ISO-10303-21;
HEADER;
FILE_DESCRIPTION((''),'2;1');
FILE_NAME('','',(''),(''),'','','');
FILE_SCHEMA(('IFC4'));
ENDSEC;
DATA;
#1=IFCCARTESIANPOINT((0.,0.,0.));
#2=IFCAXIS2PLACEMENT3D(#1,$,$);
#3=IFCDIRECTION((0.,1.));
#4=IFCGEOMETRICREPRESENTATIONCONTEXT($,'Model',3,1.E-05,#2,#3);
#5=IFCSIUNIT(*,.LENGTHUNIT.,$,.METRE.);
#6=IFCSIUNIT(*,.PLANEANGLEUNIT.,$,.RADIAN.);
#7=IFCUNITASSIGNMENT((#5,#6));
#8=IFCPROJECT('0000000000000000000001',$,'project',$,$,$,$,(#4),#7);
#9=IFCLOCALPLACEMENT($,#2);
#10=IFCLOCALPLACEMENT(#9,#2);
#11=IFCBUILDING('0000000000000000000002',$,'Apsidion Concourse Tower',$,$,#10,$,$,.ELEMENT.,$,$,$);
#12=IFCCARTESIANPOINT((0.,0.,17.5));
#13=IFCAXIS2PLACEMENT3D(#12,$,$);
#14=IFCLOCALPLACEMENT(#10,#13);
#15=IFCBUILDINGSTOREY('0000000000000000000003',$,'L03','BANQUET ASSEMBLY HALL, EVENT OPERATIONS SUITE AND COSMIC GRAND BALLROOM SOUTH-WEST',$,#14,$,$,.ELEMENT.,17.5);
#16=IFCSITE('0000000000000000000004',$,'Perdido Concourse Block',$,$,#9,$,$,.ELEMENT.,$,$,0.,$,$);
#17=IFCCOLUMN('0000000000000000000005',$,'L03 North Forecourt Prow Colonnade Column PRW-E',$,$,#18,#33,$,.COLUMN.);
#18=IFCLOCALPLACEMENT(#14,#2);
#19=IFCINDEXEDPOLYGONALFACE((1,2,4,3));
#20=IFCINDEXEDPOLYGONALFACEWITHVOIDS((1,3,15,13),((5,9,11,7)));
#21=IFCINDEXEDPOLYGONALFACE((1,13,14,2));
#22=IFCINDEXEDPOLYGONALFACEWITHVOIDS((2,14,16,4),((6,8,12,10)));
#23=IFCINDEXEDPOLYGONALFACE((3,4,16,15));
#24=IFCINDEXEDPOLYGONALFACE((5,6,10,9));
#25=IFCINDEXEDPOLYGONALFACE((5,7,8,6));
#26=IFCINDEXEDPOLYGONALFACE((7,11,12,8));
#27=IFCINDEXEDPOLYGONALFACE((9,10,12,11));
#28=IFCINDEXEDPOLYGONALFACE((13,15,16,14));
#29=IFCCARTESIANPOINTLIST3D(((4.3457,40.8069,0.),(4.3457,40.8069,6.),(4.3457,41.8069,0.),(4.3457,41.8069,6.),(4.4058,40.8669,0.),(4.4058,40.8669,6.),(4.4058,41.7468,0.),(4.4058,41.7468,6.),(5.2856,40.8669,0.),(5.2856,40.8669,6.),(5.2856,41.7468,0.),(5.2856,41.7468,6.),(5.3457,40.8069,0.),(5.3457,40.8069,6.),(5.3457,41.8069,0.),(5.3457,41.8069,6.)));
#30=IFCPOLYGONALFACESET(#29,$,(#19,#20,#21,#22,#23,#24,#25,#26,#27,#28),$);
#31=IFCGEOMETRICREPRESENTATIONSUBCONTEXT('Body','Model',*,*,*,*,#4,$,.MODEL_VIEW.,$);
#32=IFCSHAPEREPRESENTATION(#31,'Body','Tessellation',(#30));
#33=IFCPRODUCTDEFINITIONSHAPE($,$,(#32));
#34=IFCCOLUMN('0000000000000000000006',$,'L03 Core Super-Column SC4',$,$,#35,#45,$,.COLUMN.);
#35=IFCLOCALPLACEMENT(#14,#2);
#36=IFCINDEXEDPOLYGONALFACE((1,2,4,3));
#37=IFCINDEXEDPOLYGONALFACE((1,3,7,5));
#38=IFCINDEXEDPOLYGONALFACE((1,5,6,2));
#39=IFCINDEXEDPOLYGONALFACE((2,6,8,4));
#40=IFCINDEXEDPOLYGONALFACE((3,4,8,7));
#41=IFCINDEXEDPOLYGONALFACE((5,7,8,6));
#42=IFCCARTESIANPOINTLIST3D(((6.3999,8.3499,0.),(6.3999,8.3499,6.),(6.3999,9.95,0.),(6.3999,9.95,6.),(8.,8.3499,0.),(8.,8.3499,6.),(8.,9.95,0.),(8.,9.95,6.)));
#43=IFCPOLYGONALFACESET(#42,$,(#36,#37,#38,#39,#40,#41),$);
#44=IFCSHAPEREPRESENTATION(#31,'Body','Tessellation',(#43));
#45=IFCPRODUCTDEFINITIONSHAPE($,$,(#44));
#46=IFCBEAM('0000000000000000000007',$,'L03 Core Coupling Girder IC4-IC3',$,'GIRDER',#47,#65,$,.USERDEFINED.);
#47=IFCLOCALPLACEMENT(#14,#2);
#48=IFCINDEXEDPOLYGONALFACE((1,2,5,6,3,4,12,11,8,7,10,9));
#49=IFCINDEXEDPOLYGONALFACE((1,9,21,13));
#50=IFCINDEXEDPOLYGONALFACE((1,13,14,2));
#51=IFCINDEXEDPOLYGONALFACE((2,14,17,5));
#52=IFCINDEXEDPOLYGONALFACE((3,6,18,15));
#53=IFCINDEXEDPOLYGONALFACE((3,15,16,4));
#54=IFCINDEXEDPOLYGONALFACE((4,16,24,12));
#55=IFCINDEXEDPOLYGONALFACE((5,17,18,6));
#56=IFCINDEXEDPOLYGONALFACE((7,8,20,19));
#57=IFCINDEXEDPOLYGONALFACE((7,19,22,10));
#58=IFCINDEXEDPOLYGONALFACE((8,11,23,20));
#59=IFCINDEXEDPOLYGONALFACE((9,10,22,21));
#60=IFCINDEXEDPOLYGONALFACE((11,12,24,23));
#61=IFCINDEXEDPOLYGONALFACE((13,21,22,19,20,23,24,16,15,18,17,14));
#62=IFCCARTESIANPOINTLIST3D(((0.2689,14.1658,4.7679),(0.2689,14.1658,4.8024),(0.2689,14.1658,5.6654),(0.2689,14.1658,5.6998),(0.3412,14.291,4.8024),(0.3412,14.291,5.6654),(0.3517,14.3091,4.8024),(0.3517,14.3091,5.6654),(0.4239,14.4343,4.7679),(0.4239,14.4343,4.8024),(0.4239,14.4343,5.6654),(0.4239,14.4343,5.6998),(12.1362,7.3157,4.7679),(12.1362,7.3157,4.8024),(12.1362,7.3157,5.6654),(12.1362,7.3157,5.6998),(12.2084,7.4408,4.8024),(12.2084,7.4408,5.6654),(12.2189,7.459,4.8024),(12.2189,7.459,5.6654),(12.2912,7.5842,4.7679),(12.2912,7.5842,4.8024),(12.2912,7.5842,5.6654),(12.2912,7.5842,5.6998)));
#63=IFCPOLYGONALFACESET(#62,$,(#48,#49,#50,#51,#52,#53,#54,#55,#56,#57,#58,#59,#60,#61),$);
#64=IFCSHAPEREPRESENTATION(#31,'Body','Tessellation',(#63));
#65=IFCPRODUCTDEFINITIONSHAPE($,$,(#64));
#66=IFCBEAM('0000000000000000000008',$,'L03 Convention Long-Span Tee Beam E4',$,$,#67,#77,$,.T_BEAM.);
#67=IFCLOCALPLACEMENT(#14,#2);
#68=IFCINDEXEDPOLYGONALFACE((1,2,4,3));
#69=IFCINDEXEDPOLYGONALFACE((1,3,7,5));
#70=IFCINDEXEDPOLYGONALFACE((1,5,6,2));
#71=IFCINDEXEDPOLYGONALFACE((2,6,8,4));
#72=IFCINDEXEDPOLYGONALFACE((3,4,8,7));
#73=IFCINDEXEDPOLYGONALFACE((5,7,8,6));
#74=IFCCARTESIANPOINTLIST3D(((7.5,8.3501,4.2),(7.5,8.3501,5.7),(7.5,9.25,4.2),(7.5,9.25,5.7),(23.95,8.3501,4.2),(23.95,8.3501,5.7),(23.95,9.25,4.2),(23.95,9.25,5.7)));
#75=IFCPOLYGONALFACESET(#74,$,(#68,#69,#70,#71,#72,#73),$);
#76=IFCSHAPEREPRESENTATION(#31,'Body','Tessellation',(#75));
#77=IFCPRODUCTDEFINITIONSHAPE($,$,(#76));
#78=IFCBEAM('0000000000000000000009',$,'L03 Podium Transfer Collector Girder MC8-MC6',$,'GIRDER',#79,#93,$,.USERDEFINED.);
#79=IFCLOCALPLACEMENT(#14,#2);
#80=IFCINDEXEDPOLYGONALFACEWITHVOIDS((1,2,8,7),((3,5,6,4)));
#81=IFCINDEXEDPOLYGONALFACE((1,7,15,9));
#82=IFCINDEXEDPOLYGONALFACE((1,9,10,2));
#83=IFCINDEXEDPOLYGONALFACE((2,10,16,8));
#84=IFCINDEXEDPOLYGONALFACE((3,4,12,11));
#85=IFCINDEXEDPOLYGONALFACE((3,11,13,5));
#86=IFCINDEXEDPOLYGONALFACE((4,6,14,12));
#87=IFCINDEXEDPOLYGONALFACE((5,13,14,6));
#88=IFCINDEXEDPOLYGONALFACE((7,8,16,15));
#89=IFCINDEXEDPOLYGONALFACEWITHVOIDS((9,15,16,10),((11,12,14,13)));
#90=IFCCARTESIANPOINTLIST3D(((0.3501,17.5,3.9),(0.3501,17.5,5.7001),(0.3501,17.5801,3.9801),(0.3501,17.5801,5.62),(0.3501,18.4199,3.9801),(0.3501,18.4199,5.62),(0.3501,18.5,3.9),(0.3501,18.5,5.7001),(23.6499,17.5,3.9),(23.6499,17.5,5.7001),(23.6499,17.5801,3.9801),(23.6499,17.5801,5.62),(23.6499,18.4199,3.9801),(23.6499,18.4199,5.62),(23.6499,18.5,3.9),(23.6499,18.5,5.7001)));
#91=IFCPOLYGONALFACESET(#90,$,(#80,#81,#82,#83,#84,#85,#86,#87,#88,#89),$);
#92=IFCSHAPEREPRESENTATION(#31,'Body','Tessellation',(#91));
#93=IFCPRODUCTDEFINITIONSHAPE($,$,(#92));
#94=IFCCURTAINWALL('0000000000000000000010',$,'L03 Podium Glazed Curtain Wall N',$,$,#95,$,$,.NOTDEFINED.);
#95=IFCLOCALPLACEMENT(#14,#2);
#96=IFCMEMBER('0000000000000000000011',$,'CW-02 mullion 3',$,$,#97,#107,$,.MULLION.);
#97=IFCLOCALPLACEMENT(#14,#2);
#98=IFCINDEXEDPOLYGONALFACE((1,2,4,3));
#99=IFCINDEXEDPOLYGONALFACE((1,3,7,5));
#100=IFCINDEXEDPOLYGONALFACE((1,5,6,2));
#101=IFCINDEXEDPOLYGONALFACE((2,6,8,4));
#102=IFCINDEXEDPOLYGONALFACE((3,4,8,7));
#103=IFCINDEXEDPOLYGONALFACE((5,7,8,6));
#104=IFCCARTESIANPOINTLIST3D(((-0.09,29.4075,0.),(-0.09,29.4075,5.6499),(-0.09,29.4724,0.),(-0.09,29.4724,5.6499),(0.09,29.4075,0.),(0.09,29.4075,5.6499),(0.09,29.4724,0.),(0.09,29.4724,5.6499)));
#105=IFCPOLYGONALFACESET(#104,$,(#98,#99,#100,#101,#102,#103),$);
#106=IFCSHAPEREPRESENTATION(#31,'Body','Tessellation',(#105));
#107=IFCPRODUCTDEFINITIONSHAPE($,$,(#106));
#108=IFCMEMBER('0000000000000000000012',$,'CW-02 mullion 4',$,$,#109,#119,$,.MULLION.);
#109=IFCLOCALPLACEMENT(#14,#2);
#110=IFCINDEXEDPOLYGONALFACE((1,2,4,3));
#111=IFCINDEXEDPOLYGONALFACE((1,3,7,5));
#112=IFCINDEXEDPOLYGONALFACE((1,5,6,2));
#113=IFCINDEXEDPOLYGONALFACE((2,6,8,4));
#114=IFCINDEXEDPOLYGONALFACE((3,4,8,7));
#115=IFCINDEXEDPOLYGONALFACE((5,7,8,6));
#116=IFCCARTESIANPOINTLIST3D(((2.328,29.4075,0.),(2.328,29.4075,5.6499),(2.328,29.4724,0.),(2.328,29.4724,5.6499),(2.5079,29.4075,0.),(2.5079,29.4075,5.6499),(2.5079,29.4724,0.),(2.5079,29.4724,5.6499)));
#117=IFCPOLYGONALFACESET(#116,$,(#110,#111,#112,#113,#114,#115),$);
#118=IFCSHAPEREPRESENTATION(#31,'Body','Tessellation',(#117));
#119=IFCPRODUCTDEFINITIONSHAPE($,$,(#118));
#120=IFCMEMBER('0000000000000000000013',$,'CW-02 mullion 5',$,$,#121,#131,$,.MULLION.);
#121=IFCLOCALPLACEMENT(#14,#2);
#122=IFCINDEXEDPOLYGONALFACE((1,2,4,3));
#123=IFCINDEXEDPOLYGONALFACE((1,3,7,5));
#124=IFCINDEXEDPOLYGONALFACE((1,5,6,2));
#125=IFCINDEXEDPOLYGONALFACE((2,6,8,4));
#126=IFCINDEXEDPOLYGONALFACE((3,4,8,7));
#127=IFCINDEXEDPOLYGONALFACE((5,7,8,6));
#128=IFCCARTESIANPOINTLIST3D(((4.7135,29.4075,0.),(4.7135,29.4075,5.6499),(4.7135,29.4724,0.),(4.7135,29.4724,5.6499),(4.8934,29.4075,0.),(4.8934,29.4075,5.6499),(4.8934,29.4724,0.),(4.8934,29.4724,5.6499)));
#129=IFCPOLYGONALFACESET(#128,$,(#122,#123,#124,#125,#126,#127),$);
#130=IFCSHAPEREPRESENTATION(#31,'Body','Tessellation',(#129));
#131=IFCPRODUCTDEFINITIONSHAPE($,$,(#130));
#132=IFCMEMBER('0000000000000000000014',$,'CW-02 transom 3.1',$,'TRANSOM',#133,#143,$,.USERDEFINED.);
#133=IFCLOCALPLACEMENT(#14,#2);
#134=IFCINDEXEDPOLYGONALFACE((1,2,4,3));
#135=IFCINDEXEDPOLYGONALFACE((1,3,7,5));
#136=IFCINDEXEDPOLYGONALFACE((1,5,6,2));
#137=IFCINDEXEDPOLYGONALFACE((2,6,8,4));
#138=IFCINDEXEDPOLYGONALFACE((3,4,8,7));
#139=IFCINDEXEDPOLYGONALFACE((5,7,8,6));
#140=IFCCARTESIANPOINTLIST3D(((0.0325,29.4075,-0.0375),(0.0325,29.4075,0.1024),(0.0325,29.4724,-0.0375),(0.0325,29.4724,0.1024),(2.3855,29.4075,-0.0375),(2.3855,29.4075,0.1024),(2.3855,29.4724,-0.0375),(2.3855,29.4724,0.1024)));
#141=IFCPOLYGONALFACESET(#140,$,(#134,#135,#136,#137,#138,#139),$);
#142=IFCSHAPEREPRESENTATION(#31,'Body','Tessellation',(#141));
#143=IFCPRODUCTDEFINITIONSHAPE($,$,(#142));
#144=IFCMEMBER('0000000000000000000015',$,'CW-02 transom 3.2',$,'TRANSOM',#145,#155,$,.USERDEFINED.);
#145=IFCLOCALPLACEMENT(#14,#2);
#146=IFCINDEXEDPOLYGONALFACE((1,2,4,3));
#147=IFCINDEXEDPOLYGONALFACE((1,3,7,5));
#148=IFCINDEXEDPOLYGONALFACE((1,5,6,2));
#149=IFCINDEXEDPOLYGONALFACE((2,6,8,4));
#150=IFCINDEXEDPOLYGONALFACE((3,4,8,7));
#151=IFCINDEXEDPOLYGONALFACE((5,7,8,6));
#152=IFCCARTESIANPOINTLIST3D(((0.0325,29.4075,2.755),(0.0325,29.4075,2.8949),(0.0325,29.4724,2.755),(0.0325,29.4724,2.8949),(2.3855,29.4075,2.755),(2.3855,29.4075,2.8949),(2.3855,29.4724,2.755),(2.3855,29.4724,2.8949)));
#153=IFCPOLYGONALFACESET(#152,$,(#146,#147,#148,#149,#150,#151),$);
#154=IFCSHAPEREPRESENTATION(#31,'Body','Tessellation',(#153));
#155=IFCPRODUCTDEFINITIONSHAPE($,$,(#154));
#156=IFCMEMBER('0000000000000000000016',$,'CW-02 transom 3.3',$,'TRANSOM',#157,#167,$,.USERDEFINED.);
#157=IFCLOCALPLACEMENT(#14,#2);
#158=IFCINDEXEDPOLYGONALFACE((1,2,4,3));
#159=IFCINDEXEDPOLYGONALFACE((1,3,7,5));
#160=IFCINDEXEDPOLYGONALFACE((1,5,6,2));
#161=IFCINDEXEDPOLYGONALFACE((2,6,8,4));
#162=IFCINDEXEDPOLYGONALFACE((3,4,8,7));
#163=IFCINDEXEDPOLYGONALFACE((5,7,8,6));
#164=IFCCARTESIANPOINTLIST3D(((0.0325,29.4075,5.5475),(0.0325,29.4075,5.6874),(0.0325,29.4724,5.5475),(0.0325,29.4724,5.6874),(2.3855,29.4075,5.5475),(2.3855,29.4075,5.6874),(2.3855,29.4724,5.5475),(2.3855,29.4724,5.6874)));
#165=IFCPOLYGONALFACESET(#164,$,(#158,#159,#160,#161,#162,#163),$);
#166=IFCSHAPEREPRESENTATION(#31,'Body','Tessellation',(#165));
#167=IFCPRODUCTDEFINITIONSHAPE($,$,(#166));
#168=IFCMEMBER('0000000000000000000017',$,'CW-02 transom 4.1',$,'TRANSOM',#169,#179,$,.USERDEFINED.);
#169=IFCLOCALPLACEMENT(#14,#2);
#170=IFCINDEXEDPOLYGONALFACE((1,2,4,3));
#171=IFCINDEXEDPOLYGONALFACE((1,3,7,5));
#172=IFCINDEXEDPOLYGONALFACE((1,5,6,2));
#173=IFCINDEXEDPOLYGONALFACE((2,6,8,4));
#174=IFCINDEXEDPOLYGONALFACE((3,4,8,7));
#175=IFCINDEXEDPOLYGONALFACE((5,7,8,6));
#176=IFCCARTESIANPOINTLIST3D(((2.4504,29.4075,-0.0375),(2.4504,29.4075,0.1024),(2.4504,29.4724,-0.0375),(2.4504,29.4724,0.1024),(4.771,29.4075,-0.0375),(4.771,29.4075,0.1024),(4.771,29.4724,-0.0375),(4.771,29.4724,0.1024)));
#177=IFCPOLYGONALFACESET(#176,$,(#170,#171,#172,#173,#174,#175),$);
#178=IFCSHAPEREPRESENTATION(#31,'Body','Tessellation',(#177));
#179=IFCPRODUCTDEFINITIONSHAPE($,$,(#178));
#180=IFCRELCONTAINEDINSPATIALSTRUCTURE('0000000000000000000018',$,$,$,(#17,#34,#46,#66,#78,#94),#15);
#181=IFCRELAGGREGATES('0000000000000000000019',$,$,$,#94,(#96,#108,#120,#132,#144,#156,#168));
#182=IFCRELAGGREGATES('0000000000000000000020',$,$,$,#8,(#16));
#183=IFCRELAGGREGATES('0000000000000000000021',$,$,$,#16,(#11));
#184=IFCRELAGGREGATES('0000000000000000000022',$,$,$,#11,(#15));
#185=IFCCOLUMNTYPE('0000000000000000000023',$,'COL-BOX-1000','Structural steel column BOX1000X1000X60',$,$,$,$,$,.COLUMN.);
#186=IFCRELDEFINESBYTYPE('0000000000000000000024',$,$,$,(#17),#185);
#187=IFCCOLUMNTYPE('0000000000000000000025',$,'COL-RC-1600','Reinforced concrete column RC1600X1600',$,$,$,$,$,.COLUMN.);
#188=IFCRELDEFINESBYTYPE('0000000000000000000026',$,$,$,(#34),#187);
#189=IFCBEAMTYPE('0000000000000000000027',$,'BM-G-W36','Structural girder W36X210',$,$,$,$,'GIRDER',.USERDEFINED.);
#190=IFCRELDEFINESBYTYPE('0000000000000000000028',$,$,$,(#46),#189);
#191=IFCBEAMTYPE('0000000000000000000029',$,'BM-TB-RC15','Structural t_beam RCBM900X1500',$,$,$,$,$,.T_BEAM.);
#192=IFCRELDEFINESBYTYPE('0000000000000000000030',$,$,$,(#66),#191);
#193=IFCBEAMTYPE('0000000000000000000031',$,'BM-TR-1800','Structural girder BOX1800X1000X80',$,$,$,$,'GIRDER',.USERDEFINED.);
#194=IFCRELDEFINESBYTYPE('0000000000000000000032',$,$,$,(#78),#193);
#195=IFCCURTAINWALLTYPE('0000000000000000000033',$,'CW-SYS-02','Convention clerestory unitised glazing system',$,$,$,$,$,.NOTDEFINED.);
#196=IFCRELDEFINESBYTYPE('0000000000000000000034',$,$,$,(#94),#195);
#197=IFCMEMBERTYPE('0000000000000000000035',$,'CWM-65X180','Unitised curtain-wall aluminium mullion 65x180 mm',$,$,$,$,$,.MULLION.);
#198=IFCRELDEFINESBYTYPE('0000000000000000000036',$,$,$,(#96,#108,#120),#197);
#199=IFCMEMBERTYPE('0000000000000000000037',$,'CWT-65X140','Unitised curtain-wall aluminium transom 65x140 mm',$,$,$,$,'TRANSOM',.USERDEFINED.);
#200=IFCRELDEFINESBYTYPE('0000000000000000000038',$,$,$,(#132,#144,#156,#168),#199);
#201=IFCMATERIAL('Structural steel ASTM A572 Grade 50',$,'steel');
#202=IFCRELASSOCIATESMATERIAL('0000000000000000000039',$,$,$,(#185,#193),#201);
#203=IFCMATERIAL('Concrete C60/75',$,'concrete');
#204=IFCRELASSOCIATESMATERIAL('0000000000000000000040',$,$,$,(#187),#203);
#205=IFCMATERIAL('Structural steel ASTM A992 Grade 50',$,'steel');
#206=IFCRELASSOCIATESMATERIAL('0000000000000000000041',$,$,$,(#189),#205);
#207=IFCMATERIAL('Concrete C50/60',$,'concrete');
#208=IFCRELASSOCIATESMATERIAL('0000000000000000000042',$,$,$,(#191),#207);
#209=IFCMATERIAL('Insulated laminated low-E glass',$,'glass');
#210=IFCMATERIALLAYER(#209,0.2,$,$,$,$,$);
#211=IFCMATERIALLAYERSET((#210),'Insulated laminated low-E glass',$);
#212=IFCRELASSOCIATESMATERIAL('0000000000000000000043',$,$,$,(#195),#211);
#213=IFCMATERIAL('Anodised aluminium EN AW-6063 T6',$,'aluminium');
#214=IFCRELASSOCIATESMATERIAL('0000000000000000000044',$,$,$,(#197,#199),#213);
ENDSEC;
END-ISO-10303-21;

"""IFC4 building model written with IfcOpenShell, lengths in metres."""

from ifc_helpers import new_model, si_unit, direction, frame, origin, origin_2d, place, context, subcontext, project, spatial, rectangle, hollow_rectangle, i_section, extrude, material, layer, layer_set, material_profile, profile_set, type_object, element, aggregate, save


model = new_model("IFC4")

# Units and contexts
model_context = context("Model", 3, precision=1e-05, world=origin(), true_north=direction((0.0, 1.0)))
body_context = subcontext(model_context, "Body", "Model", "MODEL_VIEW")
ifc_project = project(units=[si_unit("LENGTHUNIT", "METRE"), si_unit("PLANEANGLEUNIT", "RADIAN")], contexts=[model_context])

# Site, building, storey
site_placement = place(None, origin())
site = spatial("IfcSite", under=ifc_project, at=site_placement, Name="Perdido Concourse Block", CompositionType="ELEMENT", RefElevation=0.0)
building_placement = place(site_placement, origin())
building = spatial("IfcBuilding", under=site, at=building_placement, Name="Apsidion Concourse Tower", CompositionType="ELEMENT")
storey_placement = place(building_placement, frame((0.0, 0.0, 17.5)))
storey = spatial("IfcBuildingStorey", under=building, at=storey_placement, Name="L03", Description="BANQUET ASSEMBLY HALL, EVENT OPERATIONS SUITE AND COSMIC GRAND BALLROOM SOUTH-WEST", CompositionType="ELEMENT", Elevation=17.5)

# Columns
ifc_material_1 = material(Name="Structural steel ASTM A572 Grade 50", Category="steel")
ifc_material_profile_1 = material_profile(ifc_material_1, hollow_rectangle(XDim=1.0, YDim=1.0, WallThickness=0.0601, at=origin_2d()), Name="BOX1000X1000X60")
ifc_profile_set_1 = profile_set([ifc_material_profile_1], Name="Structural steel ASTM A572 Grade 50")
column_type_1 = type_object("IfcColumnType", Name="COL-BOX-1000", Description="Structural steel column BOX1000X1000X60", PredefinedType="COLUMN", material=ifc_profile_set_1)
column_1_placement = place(storey_placement, frame((4.8457, 41.3069, 0.0), z_axis=(0.0, 0.0, 1.0), x_axis=(1.0, 0.0, 0.0)))
element("IfcColumn", 1, at=column_1_placement, inside=storey, type_object=column_type_1, Name="L03 North Forecourt Prow Colonnade Column PRW-E", PredefinedType="COLUMN", context=body_context, shape_type="SweptSolid", body=[
    extrude(hollow_rectangle(XDim=1.0, YDim=1.0, WallThickness=0.0601, at=origin_2d()), origin(), (0.0, 0.0, 1.0), 6.0),
])
ifc_material_2 = material(Name="Concrete C60/75", Category="concrete")
ifc_material_profile_2 = material_profile(ifc_material_2, rectangle(XDim=1.6001, YDim=1.6001, at=origin_2d()), Name="RC 1600x1600")
ifc_profile_set_2 = profile_set([ifc_material_profile_2], Name="Concrete C60/75")
column_type_2 = type_object("IfcColumnType", Name="COL-RC-1600", Description="Reinforced concrete column RC1600X1600", PredefinedType="COLUMN", material=ifc_profile_set_2)
column_2_placement = place(storey_placement, frame((7.2, 9.1499, 0.0), z_axis=(0.0, 0.0, 1.0), x_axis=(1.0, 0.0, 0.0)))
element("IfcColumn", 2, at=column_2_placement, inside=storey, type_object=column_type_2, Name="L03 Core Super-Column SC4", PredefinedType="COLUMN", context=body_context, shape_type="SweptSolid", body=[
    extrude(rectangle(XDim=1.6001, YDim=1.6001, at=origin_2d()), origin(), (0.0, 0.0, 1.0), 6.0),
])

# Beams
ifc_material_3 = material(Name="Structural steel ASTM A992 Grade 50", Category="steel")
ifc_material_profile_3 = material_profile(ifc_material_3, i_section(OverallWidth=0.3101, OverallDepth=0.9319, WebThickness=0.021, FlangeThickness=0.0344, at=origin_2d()), Name="W36X210")
ifc_profile_set_3 = profile_set([ifc_material_profile_3], Name="Structural steel ASTM A992 Grade 50")
beam_type_1 = type_object("IfcBeamType", Name="BM-G-W36", Description="Structural girder W36X210", ElementType="GIRDER", PredefinedType="USERDEFINED", material=ifc_profile_set_3)
beam_1_placement = place(storey_placement, frame((0.3464, 14.3, 5.2339), z_axis=(0.86607, -0.499922, 0.0), x_axis=(0.499922, 0.86607, 0.0)))
element("IfcBeam", 3, at=beam_1_placement, inside=storey, type_object=beam_type_1, Name="L03 Core Coupling Girder IC4-IC3", ObjectType="GIRDER", PredefinedType="USERDEFINED", context=body_context, shape_type="SweptSolid", body=[
    extrude(i_section(OverallWidth=0.3101, OverallDepth=0.9319, WebThickness=0.021, FlangeThickness=0.0344, at=origin_2d()), origin(), (0.0, 0.0, 1.0), 13.7024),
])
ifc_material_4 = material(Name="Concrete C50/60", Category="concrete")
ifc_material_profile_4 = material_profile(ifc_material_4, rectangle(XDim=0.8999, YDim=1.5, at=origin_2d()), Name="RC 900x1500")
ifc_profile_set_4 = profile_set([ifc_material_profile_4], Name="Concrete C50/60")
beam_type_2 = type_object("IfcBeamType", Name="BM-TB-RC15", Description="Structural t_beam RCBM900X1500", PredefinedType="T_BEAM", material=ifc_profile_set_4)
beam_2_placement = place(storey_placement, frame((7.5, 8.8, 4.95), z_axis=(1.0, 0.0, 0.0), x_axis=(0.0, 1.0, 0.0)))
element("IfcBeam", 4, at=beam_2_placement, inside=storey, type_object=beam_type_2, Name="L03 Convention Long-Span Tee Beam E4", PredefinedType="T_BEAM", context=body_context, shape_type="SweptSolid", body=[
    extrude(rectangle(XDim=0.8999, YDim=1.5, at=origin_2d()), origin(), (0.0, 0.0, 1.0), 16.45),
])
ifc_material_profile_5 = material_profile(ifc_material_1, hollow_rectangle(XDim=1.0, YDim=1.8, WallThickness=0.0801, at=origin_2d()), Name="BOX1800X1000X80")
ifc_profile_set_5 = profile_set([ifc_material_profile_5], Name="Structural steel ASTM A572 Grade 50")
beam_type_3 = type_object("IfcBeamType", Name="BM-TR-1800", Description="Structural girder BOX1800X1000X80", ElementType="GIRDER", PredefinedType="USERDEFINED", material=ifc_profile_set_5)
beam_3_placement = place(storey_placement, frame((0.3501, 18.0, 4.8), z_axis=(1.0, 0.0, 0.0), x_axis=(0.0, 1.0, 0.0)))
element("IfcBeam", 5, at=beam_3_placement, inside=storey, type_object=beam_type_3, Name="L03 Podium Transfer Collector Girder MC8-MC6", ObjectType="GIRDER", PredefinedType="USERDEFINED", context=body_context, shape_type="SweptSolid", body=[
    extrude(hollow_rectangle(XDim=1.0, YDim=1.8, WallThickness=0.0801, at=origin_2d()), origin(), (0.0, 0.0, 1.0), 23.2998),
])

# Curtain wall, members
ifc_material_5 = material(Name="Insulated laminated low-E glass", Category="glass")
ifc_layer_1 = layer(ifc_material_5, 0.2)
ifc_layer_set_1 = layer_set([ifc_layer_1], Name="Insulated laminated low-E glass")
curtain_wall_type = type_object("IfcCurtainWallType", Name="CW-SYS-02", Description="Convention clerestory unitised glazing system", PredefinedType="NOTDEFINED", material=ifc_layer_set_1)
curtain_wall_placement = place(storey_placement, origin())
curtain_wall = element("IfcCurtainWall", 6, at=curtain_wall_placement, inside=storey, type_object=curtain_wall_type, Name="L03 Podium Glazed Curtain Wall N", PredefinedType="NOTDEFINED")
ifc_material_6 = material(Name="Anodised aluminium EN AW-6063 T6", Category="aluminium")
ifc_material_profile_6 = material_profile(ifc_material_6, rectangle(XDim=0.0649, YDim=0.1799, at=origin_2d()), Name="ALU MULLION 65x180")
ifc_profile_set_6 = profile_set([ifc_material_profile_6], Name="Anodised aluminium EN AW-6063 T6")
member_type_1 = type_object("IfcMemberType", Name="CWM-65X180", Description="Unitised curtain-wall aluminium mullion 65x180 mm", PredefinedType="MULLION", material=ifc_profile_set_6)
member_1_placement = place(storey_placement, frame((0.0, 29.4399, 0.0), z_axis=(0.0, 0.0, 1.0), x_axis=(0.0, 1.0, 0.0)))
member_1 = element("IfcMember", 7, at=member_1_placement, type_object=member_type_1, Name="CW-02 mullion 3", PredefinedType="MULLION", context=body_context, shape_type="SweptSolid", body=[
    extrude(rectangle(XDim=0.0649, YDim=0.1799, at=origin_2d()), origin(), (0.0, 0.0, 1.0), 5.6499),
])
member_2_placement = place(storey_placement, frame((2.418, 29.4399, 0.0), z_axis=(0.0, 0.0, 1.0), x_axis=(0.0, 1.0, 0.0)))
member_2 = element("IfcMember", 8, at=member_2_placement, type_object=member_type_1, Name="CW-02 mullion 4", PredefinedType="MULLION", context=body_context, shape_type="SweptSolid", body=[
    extrude(rectangle(XDim=0.0649, YDim=0.1799, at=origin_2d()), origin(), (0.0, 0.0, 1.0), 5.6499),
])
member_3_placement = place(storey_placement, frame((4.8035, 29.4399, 0.0), z_axis=(0.0, 0.0, 1.0), x_axis=(0.0, 1.0, 0.0)))
member_3 = element("IfcMember", 9, at=member_3_placement, type_object=member_type_1, Name="CW-02 mullion 5", PredefinedType="MULLION", context=body_context, shape_type="SweptSolid", body=[
    extrude(rectangle(XDim=0.0649, YDim=0.1799, at=origin_2d()), origin(), (0.0, 0.0, 1.0), 5.6499),
])
ifc_material_profile_7 = material_profile(ifc_material_6, rectangle(XDim=0.0649, YDim=0.1399, at=origin_2d()), Name="ALU TRANSOM 65x140")
ifc_profile_set_7 = profile_set([ifc_material_profile_7], Name="Anodised aluminium EN AW-6063 T6")
member_type_2 = type_object("IfcMemberType", Name="CWT-65X140", Description="Unitised curtain-wall aluminium transom 65x140 mm", ElementType="TRANSOM", PredefinedType="USERDEFINED", material=ifc_profile_set_7)
member_4_placement = place(storey_placement, frame((0.0325, 29.4399, 0.0325), z_axis=(1.0, 0.0, 0.0), x_axis=(0.0, 1.0, 0.0)))
member_4 = element("IfcMember", 10, at=member_4_placement, type_object=member_type_2, Name="CW-02 transom 3.1", ObjectType="TRANSOM", PredefinedType="USERDEFINED", context=body_context, shape_type="SweptSolid", body=[
    extrude(rectangle(XDim=0.0649, YDim=0.1399, at=origin_2d()), origin(), (0.0, 0.0, 1.0), 2.353),
])
member_5_placement = place(storey_placement, frame((0.0325, 29.4399, 2.825), z_axis=(1.0, 0.0, 0.0), x_axis=(0.0, 1.0, 0.0)))
member_5 = element("IfcMember", 11, at=member_5_placement, type_object=member_type_2, Name="CW-02 transom 3.2", ObjectType="TRANSOM", PredefinedType="USERDEFINED", context=body_context, shape_type="SweptSolid", body=[
    extrude(rectangle(XDim=0.0649, YDim=0.1399, at=origin_2d()), origin(), (0.0, 0.0, 1.0), 2.353),
])
member_6_placement = place(storey_placement, frame((0.0325, 29.4399, 5.6174), z_axis=(1.0, 0.0, 0.0), x_axis=(0.0, 1.0, 0.0)))
member_6 = element("IfcMember", 12, at=member_6_placement, type_object=member_type_2, Name="CW-02 transom 3.3", ObjectType="TRANSOM", PredefinedType="USERDEFINED", context=body_context, shape_type="SweptSolid", body=[
    extrude(rectangle(XDim=0.0649, YDim=0.1399, at=origin_2d()), origin(), (0.0, 0.0, 1.0), 2.353),
])
member_7_placement = place(storey_placement, frame((2.4504, 29.4399, 0.0325), z_axis=(1.0, 0.0, 0.0), x_axis=(0.0, 1.0, 0.0)))
member_7 = element("IfcMember", 13, at=member_7_placement, type_object=member_type_2, Name="CW-02 transom 4.1", ObjectType="TRANSOM", PredefinedType="USERDEFINED", context=body_context, shape_type="SweptSolid", body=[
    extrude(rectangle(XDim=0.0649, YDim=0.1399, at=origin_2d()), origin(), (0.0, 0.0, 1.0), 2.3206),
])
aggregate(curtain_wall, [member_1, member_2, member_3, member_4, member_5, member_6, member_7])

save(model, "model.ifc")
